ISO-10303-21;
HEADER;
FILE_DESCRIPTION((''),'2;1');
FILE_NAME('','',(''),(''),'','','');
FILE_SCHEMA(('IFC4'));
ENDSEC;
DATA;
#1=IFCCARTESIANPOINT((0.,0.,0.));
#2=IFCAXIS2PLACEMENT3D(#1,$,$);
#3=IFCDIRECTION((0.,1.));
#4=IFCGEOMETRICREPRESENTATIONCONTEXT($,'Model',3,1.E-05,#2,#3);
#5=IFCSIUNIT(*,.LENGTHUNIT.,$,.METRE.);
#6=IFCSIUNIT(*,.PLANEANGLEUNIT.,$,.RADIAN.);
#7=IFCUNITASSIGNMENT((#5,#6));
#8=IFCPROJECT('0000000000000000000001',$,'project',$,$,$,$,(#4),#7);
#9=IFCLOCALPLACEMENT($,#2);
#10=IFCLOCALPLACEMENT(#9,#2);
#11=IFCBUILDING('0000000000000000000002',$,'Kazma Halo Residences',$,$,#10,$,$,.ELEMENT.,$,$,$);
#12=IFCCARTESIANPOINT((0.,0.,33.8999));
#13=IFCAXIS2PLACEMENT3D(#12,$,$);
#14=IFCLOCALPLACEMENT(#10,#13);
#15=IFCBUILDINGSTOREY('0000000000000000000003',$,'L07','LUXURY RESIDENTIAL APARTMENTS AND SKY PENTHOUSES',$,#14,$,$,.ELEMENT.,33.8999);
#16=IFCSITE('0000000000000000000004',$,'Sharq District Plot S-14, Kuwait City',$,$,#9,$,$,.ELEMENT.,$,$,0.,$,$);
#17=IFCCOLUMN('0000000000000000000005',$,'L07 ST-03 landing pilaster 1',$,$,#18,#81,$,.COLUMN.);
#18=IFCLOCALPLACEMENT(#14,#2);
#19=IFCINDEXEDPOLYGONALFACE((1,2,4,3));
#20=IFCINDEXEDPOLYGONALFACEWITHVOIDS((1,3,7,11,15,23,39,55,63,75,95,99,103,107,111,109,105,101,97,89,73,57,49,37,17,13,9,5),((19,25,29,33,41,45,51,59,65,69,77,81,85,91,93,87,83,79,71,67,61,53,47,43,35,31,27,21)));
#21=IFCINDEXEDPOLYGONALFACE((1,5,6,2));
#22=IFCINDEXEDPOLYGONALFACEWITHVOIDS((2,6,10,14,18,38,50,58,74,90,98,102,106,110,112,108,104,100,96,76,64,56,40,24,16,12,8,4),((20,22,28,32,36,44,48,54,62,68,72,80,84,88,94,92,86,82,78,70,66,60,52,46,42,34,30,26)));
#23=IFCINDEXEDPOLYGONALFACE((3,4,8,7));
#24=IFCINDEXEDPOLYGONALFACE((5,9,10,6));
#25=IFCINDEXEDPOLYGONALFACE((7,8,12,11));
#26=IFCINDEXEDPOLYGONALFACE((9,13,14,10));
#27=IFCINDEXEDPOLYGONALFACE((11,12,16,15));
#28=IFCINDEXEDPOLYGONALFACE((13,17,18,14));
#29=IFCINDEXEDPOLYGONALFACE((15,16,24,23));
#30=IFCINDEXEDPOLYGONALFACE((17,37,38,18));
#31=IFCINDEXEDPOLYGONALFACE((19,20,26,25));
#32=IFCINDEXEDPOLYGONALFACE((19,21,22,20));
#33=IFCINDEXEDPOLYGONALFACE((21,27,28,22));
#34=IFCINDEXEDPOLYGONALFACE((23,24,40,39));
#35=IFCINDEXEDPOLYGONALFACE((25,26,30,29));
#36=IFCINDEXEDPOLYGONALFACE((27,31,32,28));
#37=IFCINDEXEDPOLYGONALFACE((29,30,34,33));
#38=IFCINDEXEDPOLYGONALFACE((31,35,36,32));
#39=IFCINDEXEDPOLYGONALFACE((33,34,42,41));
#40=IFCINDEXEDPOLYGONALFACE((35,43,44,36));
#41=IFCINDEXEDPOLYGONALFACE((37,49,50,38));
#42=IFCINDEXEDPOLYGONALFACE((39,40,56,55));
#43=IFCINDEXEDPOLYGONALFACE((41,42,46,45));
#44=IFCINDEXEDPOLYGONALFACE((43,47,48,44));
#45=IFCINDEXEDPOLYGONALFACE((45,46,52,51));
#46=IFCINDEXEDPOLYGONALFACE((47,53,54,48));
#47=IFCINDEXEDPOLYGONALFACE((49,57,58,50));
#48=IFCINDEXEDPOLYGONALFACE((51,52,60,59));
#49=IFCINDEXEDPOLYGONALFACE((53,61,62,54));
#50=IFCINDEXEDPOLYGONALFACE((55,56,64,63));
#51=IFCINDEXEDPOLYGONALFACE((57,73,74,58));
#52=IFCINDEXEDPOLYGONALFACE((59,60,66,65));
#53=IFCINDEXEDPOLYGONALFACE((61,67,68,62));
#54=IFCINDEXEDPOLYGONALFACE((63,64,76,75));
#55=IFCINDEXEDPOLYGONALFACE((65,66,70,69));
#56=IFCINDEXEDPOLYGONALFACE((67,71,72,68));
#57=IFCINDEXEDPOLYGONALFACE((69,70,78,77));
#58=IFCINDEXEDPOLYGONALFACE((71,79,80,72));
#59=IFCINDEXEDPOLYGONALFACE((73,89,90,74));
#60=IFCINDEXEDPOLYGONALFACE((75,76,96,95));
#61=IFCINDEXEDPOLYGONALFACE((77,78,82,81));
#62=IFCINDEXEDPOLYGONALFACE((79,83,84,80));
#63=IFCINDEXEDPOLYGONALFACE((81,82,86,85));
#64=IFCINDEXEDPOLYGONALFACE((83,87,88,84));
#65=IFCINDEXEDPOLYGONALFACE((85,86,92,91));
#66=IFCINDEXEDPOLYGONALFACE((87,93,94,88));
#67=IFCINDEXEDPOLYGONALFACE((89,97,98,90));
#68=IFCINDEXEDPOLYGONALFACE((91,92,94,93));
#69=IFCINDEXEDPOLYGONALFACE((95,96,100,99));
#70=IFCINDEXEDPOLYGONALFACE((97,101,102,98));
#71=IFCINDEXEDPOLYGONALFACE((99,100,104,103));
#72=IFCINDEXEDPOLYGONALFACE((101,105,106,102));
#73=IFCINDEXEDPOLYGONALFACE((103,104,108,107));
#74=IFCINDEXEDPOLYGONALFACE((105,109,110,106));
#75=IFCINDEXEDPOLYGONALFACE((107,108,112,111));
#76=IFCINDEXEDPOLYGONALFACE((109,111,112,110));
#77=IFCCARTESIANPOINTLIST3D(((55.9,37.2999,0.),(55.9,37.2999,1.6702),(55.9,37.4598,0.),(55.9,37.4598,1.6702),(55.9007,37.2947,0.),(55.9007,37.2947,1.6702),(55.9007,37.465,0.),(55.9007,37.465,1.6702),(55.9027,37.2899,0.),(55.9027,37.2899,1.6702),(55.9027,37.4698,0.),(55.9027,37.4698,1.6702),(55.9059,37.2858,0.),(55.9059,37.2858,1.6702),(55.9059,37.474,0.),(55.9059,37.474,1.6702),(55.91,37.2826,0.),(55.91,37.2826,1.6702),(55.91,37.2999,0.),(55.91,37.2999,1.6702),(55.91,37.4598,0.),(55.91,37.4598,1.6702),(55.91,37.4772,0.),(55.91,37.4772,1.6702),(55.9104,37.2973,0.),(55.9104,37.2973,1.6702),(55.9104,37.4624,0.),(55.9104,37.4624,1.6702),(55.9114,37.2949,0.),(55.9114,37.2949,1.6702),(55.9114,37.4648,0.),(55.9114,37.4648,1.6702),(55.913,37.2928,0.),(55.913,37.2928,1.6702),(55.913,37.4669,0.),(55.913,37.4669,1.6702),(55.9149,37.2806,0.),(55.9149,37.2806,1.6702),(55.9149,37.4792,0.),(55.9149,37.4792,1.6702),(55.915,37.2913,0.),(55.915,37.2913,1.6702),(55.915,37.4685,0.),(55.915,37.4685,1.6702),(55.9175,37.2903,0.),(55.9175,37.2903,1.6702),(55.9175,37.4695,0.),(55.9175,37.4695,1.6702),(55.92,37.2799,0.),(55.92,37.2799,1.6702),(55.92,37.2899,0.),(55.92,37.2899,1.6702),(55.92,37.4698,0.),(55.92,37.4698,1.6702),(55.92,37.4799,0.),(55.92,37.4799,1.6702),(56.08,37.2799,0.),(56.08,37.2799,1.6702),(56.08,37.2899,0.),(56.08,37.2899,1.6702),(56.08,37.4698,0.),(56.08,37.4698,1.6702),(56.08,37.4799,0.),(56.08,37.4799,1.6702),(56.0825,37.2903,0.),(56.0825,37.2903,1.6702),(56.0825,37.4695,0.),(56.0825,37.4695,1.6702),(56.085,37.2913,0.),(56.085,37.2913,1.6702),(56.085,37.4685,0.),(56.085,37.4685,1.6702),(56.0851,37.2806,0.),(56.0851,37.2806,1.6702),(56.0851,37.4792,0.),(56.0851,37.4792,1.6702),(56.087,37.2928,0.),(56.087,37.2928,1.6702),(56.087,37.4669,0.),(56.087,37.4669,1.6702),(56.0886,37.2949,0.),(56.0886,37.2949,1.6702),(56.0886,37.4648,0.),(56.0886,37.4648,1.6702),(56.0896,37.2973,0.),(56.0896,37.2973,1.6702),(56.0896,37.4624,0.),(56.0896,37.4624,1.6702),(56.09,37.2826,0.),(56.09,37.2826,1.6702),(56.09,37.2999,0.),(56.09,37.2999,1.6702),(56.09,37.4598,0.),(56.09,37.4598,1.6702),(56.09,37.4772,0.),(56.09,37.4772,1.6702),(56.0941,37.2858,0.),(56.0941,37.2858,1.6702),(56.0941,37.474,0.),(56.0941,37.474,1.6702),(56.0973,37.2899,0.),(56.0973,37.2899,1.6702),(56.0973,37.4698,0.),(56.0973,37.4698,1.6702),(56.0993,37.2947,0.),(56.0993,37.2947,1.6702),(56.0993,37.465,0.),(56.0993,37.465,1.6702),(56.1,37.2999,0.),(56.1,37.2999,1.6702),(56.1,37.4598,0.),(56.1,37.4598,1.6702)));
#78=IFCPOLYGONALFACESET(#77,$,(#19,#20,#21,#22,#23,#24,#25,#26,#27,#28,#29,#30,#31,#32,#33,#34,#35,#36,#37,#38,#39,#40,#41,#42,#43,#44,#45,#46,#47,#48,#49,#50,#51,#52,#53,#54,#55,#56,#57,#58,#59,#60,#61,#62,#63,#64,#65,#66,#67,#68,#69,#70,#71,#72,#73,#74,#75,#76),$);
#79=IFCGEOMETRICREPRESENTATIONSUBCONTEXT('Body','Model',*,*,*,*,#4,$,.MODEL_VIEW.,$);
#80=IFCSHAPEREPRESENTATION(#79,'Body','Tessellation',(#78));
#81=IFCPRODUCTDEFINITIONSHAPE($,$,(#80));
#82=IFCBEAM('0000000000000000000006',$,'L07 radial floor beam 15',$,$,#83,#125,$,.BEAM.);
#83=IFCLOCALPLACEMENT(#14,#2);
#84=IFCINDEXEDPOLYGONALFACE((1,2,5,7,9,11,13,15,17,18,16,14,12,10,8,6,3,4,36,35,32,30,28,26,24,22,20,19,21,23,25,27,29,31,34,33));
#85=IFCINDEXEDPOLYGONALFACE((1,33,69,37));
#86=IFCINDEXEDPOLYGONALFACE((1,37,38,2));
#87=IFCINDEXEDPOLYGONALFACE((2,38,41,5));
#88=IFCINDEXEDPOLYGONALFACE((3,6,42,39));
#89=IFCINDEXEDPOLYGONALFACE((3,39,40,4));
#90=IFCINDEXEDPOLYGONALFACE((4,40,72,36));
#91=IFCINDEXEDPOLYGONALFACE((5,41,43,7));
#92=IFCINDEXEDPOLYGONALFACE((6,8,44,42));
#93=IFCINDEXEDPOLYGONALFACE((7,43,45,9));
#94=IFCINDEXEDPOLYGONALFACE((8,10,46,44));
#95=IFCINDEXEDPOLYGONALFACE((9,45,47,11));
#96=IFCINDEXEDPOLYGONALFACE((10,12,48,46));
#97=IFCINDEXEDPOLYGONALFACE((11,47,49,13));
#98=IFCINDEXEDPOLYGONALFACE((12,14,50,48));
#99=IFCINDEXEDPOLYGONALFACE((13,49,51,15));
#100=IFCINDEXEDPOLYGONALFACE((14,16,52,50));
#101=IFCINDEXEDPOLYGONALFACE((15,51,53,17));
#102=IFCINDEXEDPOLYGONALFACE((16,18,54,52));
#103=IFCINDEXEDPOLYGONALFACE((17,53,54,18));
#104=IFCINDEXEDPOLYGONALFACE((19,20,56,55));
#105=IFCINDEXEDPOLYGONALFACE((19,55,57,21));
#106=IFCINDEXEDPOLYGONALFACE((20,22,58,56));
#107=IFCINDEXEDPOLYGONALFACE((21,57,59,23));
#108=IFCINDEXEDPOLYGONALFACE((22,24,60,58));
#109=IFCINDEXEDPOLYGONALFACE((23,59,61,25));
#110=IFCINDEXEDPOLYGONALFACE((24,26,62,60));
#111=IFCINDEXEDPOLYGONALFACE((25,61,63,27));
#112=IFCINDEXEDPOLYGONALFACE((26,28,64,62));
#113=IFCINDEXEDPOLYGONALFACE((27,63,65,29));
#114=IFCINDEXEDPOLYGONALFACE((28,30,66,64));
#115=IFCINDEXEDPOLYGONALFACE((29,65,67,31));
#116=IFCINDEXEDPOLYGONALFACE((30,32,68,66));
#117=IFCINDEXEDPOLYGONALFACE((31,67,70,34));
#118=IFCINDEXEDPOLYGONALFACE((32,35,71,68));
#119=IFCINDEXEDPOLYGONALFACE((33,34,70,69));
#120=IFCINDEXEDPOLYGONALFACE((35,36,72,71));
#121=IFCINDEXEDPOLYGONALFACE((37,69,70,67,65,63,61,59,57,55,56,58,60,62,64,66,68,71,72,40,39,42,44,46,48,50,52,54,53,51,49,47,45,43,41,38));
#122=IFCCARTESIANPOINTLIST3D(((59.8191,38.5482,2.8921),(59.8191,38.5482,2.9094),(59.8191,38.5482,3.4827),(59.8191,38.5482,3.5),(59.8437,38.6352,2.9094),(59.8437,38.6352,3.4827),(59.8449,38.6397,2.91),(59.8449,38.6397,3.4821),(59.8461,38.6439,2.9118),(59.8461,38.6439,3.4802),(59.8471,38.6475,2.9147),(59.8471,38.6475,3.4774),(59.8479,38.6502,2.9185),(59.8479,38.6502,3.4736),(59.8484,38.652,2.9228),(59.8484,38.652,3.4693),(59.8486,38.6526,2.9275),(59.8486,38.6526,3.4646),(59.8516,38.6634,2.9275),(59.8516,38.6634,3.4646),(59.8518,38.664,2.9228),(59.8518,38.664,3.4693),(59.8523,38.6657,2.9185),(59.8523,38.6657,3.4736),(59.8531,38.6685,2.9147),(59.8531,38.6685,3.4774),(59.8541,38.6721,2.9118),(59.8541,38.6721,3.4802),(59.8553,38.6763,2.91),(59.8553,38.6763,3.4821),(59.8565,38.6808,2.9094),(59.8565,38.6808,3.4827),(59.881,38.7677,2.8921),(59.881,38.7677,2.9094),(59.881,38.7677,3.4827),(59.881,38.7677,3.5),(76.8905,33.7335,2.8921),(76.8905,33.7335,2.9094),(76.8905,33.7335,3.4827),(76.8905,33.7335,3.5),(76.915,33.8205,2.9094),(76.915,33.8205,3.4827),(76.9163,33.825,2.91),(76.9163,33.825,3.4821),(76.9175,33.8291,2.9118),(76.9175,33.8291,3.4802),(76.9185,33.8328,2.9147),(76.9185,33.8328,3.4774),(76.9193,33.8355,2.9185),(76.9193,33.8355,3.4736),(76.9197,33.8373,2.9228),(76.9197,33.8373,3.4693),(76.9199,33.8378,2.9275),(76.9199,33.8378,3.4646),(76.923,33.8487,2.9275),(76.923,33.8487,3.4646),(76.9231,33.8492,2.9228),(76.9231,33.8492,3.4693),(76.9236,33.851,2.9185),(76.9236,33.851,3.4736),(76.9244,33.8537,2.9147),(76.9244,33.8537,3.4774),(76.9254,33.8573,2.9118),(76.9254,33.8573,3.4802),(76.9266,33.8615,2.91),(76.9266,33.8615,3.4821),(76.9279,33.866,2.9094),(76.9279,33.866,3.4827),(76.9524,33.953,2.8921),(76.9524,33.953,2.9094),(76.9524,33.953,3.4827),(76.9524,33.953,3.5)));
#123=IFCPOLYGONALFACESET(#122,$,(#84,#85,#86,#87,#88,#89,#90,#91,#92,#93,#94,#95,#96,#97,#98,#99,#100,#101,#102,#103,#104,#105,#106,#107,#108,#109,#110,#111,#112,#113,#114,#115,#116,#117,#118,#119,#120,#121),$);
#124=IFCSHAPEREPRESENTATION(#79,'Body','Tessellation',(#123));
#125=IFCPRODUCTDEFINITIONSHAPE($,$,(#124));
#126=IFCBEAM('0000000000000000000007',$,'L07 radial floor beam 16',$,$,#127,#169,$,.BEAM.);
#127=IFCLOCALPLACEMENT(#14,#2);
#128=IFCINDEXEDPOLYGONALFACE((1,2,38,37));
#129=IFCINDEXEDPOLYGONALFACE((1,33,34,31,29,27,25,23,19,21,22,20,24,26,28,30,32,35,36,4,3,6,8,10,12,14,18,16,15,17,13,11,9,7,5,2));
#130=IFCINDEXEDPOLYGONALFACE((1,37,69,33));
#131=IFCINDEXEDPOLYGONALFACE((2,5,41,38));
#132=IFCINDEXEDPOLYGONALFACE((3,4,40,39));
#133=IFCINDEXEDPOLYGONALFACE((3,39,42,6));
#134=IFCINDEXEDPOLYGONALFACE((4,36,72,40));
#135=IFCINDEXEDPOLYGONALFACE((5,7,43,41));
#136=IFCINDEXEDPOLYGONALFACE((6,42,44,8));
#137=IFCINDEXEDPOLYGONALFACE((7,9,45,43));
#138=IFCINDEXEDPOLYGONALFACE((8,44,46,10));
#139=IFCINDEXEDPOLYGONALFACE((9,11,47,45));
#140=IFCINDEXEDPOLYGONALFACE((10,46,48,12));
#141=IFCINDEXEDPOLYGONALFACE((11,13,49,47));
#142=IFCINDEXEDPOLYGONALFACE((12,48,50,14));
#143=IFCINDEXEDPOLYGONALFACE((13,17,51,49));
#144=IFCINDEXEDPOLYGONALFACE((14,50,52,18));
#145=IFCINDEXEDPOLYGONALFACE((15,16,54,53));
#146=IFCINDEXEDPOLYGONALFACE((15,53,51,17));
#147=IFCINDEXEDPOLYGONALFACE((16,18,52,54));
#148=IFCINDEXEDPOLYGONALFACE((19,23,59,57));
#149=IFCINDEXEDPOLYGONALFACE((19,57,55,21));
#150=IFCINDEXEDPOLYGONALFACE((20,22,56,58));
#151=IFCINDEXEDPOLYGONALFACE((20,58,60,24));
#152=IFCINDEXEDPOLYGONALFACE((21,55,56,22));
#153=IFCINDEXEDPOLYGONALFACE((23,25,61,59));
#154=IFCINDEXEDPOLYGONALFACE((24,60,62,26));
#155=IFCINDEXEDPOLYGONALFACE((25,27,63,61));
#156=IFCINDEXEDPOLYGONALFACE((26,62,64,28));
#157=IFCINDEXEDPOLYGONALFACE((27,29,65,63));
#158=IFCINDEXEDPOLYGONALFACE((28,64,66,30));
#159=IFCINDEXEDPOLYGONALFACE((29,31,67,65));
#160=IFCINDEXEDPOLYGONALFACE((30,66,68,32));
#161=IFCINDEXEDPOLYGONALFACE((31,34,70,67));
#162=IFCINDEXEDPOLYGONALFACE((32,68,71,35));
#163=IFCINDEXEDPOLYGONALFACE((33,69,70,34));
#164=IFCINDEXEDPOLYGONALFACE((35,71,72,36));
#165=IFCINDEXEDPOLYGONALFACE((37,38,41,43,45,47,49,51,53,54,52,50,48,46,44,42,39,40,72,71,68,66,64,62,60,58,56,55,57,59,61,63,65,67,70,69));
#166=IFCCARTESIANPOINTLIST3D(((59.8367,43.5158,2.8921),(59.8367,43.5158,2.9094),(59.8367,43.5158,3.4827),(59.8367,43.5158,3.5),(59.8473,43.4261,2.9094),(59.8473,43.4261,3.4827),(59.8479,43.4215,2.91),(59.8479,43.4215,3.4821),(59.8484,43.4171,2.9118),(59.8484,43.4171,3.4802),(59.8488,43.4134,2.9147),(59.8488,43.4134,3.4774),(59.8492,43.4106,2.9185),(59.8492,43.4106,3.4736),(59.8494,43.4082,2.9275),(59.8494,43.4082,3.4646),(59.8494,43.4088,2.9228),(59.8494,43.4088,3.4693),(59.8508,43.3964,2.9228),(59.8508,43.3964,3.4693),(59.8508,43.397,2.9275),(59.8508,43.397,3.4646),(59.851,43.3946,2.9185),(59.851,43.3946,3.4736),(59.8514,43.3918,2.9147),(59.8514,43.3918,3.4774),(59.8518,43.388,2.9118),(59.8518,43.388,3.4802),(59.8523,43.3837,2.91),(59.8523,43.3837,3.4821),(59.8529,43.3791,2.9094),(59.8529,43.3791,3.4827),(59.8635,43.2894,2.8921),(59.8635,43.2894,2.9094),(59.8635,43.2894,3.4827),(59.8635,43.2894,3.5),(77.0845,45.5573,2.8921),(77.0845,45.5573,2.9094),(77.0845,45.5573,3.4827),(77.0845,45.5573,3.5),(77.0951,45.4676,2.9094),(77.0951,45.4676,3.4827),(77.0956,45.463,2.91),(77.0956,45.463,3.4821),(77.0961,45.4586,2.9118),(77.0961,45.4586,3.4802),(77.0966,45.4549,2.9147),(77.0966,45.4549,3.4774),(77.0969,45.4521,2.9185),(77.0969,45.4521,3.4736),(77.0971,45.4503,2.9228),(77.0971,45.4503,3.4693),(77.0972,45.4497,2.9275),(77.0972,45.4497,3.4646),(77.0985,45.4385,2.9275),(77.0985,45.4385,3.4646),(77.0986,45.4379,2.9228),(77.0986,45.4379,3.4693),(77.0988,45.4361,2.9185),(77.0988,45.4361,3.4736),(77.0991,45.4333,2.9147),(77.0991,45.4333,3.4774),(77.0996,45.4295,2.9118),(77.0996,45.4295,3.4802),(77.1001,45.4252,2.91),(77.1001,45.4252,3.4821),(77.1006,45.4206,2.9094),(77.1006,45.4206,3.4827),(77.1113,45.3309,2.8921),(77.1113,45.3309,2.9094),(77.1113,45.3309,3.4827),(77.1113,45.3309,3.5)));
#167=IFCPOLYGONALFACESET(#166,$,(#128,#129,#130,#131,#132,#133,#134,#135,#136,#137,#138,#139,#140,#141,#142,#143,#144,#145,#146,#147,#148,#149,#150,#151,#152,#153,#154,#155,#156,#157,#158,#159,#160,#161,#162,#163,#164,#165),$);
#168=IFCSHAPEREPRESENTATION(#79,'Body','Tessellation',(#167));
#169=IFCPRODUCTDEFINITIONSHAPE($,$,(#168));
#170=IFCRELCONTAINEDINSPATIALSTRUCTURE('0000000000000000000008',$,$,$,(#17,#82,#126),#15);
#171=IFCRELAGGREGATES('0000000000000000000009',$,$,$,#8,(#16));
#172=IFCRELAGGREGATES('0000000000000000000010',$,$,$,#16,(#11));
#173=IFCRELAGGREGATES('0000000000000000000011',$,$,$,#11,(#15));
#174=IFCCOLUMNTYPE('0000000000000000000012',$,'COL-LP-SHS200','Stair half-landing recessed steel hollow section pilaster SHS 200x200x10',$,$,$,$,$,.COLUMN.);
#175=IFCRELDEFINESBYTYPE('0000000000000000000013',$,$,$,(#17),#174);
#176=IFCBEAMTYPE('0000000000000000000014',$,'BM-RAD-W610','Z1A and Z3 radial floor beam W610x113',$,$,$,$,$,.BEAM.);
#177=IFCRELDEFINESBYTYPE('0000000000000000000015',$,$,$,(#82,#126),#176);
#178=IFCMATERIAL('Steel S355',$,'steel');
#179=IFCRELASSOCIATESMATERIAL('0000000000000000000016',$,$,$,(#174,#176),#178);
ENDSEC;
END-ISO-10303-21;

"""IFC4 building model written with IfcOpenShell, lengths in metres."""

from ifc_helpers import new_model, si_unit, direction, frame, origin, origin_2d, place, context, subcontext, project, spatial, hollow_rectangle, i_section, extrude, material, material_profile, profile_set, type_object, element, save


model = new_model("IFC4")

# Units and contexts
model_context = context("Model", 3, precision=1e-05, world=origin(), true_north=direction((0.0, 1.0)))
body_context = subcontext(model_context, "Body", "Model", "MODEL_VIEW")
ifc_project = project(units=[si_unit("LENGTHUNIT", "METRE"), si_unit("PLANEANGLEUNIT", "RADIAN")], contexts=[model_context])

# Site, building, storey
site_placement = place(None, origin())
site = spatial("IfcSite", under=ifc_project, at=site_placement, Name="Sharq District Plot S-14, Kuwait City", CompositionType="ELEMENT", RefElevation=0.0)
building_placement = place(site_placement, origin())
building = spatial("IfcBuilding", under=site, at=building_placement, Name="Kazma Halo Residences", CompositionType="ELEMENT")
storey_placement = place(building_placement, frame((0.0, 0.0, 33.8999)))
storey = spatial("IfcBuildingStorey", under=building, at=storey_placement, Name="L07", Description="LUXURY RESIDENTIAL APARTMENTS AND SKY PENTHOUSES", CompositionType="ELEMENT", Elevation=33.8999)

# Column
ifc_material_1 = material(Name="Steel S355", Category="steel")
ifc_material_profile_1 = material_profile(ifc_material_1, hollow_rectangle(XDim=0.2, YDim=0.2, WallThickness=0.01, InnerFilletRadius=0.01, OuterFilletRadius=0.02, at=origin_2d()), Name="SHS200x200x10")
ifc_profile_set_1 = profile_set([ifc_material_profile_1], Name="Steel S355")
column_type = type_object("IfcColumnType", Name="COL-LP-SHS200", Description="Stair half-landing recessed steel hollow section pilaster SHS 200x200x10", PredefinedType="COLUMN", material=ifc_profile_set_1)
column_placement = place(storey_placement, frame((56.0, 37.3799, 0.0), z_axis=(0.0, 0.0, 1.0), x_axis=(1.0, 0.0, 0.0)))
element("IfcColumn", 1, at=column_placement, inside=storey, type_object=column_type, Name="L07 ST-03 landing pilaster 1", PredefinedType="COLUMN", context=body_context, shape_type="SweptSolid", body=[
    extrude(hollow_rectangle(XDim=0.2, YDim=0.2, WallThickness=0.01, InnerFilletRadius=0.01, OuterFilletRadius=0.02, at=origin_2d()), origin(), (0.0, 0.0, 1.0), 1.6702),
])

# Beams
ifc_material_profile_2 = material_profile(ifc_material_1, i_section(OverallWidth=0.228, OverallDepth=0.6079, WebThickness=0.0112, FlangeThickness=0.0173, FilletRadius=0.0181, at=origin_2d()), Name="W610x113")
ifc_profile_set_2 = profile_set([ifc_material_profile_2], Name="Steel S355")
beam_type_1 = type_object("IfcBeamType", Name="BM-RAD-W610", Description="Z1A and Z3 radial floor beam W610x113", PredefinedType="BEAM", material=ifc_profile_set_2)
beam_1_placement = place(storey_placement, frame((59.8501, 38.658, 3.196), z_axis=(0.962454, -0.271445, 0.0), x_axis=(0.271445, 0.962454, 0.0)))
element("IfcBeam", 2, at=beam_1_placement, inside=storey, type_object=beam_type_1, Name="L07 radial floor beam 15", PredefinedType="BEAM", context=body_context, shape_type="SweptSolid", body=[
    extrude(i_section(OverallWidth=0.228, OverallDepth=0.6079, WebThickness=0.0112, FlangeThickness=0.0173, FilletRadius=0.0181, at=origin_2d()), origin(), (0.0, 0.0, 1.0), 17.7373),
])
beam_2_placement = place(storey_placement, frame((59.8501, 43.4026, 3.196), z_axis=(0.993068, 0.117543, 0.0), x_axis=(-0.117543, 0.993068, 0.0)))
element("IfcBeam", 3, at=beam_2_placement, inside=storey, type_object=beam_type_1, Name="L07 radial floor beam 16", PredefinedType="BEAM", context=body_context, shape_type="SweptSolid", body=[
    extrude(i_section(OverallWidth=0.228, OverallDepth=0.6079, WebThickness=0.0112, FlangeThickness=0.0173, FilletRadius=0.0181, at=origin_2d()), origin(), (0.0, 0.0, 1.0), 17.3682),
])

save(model, "model.ifc")
